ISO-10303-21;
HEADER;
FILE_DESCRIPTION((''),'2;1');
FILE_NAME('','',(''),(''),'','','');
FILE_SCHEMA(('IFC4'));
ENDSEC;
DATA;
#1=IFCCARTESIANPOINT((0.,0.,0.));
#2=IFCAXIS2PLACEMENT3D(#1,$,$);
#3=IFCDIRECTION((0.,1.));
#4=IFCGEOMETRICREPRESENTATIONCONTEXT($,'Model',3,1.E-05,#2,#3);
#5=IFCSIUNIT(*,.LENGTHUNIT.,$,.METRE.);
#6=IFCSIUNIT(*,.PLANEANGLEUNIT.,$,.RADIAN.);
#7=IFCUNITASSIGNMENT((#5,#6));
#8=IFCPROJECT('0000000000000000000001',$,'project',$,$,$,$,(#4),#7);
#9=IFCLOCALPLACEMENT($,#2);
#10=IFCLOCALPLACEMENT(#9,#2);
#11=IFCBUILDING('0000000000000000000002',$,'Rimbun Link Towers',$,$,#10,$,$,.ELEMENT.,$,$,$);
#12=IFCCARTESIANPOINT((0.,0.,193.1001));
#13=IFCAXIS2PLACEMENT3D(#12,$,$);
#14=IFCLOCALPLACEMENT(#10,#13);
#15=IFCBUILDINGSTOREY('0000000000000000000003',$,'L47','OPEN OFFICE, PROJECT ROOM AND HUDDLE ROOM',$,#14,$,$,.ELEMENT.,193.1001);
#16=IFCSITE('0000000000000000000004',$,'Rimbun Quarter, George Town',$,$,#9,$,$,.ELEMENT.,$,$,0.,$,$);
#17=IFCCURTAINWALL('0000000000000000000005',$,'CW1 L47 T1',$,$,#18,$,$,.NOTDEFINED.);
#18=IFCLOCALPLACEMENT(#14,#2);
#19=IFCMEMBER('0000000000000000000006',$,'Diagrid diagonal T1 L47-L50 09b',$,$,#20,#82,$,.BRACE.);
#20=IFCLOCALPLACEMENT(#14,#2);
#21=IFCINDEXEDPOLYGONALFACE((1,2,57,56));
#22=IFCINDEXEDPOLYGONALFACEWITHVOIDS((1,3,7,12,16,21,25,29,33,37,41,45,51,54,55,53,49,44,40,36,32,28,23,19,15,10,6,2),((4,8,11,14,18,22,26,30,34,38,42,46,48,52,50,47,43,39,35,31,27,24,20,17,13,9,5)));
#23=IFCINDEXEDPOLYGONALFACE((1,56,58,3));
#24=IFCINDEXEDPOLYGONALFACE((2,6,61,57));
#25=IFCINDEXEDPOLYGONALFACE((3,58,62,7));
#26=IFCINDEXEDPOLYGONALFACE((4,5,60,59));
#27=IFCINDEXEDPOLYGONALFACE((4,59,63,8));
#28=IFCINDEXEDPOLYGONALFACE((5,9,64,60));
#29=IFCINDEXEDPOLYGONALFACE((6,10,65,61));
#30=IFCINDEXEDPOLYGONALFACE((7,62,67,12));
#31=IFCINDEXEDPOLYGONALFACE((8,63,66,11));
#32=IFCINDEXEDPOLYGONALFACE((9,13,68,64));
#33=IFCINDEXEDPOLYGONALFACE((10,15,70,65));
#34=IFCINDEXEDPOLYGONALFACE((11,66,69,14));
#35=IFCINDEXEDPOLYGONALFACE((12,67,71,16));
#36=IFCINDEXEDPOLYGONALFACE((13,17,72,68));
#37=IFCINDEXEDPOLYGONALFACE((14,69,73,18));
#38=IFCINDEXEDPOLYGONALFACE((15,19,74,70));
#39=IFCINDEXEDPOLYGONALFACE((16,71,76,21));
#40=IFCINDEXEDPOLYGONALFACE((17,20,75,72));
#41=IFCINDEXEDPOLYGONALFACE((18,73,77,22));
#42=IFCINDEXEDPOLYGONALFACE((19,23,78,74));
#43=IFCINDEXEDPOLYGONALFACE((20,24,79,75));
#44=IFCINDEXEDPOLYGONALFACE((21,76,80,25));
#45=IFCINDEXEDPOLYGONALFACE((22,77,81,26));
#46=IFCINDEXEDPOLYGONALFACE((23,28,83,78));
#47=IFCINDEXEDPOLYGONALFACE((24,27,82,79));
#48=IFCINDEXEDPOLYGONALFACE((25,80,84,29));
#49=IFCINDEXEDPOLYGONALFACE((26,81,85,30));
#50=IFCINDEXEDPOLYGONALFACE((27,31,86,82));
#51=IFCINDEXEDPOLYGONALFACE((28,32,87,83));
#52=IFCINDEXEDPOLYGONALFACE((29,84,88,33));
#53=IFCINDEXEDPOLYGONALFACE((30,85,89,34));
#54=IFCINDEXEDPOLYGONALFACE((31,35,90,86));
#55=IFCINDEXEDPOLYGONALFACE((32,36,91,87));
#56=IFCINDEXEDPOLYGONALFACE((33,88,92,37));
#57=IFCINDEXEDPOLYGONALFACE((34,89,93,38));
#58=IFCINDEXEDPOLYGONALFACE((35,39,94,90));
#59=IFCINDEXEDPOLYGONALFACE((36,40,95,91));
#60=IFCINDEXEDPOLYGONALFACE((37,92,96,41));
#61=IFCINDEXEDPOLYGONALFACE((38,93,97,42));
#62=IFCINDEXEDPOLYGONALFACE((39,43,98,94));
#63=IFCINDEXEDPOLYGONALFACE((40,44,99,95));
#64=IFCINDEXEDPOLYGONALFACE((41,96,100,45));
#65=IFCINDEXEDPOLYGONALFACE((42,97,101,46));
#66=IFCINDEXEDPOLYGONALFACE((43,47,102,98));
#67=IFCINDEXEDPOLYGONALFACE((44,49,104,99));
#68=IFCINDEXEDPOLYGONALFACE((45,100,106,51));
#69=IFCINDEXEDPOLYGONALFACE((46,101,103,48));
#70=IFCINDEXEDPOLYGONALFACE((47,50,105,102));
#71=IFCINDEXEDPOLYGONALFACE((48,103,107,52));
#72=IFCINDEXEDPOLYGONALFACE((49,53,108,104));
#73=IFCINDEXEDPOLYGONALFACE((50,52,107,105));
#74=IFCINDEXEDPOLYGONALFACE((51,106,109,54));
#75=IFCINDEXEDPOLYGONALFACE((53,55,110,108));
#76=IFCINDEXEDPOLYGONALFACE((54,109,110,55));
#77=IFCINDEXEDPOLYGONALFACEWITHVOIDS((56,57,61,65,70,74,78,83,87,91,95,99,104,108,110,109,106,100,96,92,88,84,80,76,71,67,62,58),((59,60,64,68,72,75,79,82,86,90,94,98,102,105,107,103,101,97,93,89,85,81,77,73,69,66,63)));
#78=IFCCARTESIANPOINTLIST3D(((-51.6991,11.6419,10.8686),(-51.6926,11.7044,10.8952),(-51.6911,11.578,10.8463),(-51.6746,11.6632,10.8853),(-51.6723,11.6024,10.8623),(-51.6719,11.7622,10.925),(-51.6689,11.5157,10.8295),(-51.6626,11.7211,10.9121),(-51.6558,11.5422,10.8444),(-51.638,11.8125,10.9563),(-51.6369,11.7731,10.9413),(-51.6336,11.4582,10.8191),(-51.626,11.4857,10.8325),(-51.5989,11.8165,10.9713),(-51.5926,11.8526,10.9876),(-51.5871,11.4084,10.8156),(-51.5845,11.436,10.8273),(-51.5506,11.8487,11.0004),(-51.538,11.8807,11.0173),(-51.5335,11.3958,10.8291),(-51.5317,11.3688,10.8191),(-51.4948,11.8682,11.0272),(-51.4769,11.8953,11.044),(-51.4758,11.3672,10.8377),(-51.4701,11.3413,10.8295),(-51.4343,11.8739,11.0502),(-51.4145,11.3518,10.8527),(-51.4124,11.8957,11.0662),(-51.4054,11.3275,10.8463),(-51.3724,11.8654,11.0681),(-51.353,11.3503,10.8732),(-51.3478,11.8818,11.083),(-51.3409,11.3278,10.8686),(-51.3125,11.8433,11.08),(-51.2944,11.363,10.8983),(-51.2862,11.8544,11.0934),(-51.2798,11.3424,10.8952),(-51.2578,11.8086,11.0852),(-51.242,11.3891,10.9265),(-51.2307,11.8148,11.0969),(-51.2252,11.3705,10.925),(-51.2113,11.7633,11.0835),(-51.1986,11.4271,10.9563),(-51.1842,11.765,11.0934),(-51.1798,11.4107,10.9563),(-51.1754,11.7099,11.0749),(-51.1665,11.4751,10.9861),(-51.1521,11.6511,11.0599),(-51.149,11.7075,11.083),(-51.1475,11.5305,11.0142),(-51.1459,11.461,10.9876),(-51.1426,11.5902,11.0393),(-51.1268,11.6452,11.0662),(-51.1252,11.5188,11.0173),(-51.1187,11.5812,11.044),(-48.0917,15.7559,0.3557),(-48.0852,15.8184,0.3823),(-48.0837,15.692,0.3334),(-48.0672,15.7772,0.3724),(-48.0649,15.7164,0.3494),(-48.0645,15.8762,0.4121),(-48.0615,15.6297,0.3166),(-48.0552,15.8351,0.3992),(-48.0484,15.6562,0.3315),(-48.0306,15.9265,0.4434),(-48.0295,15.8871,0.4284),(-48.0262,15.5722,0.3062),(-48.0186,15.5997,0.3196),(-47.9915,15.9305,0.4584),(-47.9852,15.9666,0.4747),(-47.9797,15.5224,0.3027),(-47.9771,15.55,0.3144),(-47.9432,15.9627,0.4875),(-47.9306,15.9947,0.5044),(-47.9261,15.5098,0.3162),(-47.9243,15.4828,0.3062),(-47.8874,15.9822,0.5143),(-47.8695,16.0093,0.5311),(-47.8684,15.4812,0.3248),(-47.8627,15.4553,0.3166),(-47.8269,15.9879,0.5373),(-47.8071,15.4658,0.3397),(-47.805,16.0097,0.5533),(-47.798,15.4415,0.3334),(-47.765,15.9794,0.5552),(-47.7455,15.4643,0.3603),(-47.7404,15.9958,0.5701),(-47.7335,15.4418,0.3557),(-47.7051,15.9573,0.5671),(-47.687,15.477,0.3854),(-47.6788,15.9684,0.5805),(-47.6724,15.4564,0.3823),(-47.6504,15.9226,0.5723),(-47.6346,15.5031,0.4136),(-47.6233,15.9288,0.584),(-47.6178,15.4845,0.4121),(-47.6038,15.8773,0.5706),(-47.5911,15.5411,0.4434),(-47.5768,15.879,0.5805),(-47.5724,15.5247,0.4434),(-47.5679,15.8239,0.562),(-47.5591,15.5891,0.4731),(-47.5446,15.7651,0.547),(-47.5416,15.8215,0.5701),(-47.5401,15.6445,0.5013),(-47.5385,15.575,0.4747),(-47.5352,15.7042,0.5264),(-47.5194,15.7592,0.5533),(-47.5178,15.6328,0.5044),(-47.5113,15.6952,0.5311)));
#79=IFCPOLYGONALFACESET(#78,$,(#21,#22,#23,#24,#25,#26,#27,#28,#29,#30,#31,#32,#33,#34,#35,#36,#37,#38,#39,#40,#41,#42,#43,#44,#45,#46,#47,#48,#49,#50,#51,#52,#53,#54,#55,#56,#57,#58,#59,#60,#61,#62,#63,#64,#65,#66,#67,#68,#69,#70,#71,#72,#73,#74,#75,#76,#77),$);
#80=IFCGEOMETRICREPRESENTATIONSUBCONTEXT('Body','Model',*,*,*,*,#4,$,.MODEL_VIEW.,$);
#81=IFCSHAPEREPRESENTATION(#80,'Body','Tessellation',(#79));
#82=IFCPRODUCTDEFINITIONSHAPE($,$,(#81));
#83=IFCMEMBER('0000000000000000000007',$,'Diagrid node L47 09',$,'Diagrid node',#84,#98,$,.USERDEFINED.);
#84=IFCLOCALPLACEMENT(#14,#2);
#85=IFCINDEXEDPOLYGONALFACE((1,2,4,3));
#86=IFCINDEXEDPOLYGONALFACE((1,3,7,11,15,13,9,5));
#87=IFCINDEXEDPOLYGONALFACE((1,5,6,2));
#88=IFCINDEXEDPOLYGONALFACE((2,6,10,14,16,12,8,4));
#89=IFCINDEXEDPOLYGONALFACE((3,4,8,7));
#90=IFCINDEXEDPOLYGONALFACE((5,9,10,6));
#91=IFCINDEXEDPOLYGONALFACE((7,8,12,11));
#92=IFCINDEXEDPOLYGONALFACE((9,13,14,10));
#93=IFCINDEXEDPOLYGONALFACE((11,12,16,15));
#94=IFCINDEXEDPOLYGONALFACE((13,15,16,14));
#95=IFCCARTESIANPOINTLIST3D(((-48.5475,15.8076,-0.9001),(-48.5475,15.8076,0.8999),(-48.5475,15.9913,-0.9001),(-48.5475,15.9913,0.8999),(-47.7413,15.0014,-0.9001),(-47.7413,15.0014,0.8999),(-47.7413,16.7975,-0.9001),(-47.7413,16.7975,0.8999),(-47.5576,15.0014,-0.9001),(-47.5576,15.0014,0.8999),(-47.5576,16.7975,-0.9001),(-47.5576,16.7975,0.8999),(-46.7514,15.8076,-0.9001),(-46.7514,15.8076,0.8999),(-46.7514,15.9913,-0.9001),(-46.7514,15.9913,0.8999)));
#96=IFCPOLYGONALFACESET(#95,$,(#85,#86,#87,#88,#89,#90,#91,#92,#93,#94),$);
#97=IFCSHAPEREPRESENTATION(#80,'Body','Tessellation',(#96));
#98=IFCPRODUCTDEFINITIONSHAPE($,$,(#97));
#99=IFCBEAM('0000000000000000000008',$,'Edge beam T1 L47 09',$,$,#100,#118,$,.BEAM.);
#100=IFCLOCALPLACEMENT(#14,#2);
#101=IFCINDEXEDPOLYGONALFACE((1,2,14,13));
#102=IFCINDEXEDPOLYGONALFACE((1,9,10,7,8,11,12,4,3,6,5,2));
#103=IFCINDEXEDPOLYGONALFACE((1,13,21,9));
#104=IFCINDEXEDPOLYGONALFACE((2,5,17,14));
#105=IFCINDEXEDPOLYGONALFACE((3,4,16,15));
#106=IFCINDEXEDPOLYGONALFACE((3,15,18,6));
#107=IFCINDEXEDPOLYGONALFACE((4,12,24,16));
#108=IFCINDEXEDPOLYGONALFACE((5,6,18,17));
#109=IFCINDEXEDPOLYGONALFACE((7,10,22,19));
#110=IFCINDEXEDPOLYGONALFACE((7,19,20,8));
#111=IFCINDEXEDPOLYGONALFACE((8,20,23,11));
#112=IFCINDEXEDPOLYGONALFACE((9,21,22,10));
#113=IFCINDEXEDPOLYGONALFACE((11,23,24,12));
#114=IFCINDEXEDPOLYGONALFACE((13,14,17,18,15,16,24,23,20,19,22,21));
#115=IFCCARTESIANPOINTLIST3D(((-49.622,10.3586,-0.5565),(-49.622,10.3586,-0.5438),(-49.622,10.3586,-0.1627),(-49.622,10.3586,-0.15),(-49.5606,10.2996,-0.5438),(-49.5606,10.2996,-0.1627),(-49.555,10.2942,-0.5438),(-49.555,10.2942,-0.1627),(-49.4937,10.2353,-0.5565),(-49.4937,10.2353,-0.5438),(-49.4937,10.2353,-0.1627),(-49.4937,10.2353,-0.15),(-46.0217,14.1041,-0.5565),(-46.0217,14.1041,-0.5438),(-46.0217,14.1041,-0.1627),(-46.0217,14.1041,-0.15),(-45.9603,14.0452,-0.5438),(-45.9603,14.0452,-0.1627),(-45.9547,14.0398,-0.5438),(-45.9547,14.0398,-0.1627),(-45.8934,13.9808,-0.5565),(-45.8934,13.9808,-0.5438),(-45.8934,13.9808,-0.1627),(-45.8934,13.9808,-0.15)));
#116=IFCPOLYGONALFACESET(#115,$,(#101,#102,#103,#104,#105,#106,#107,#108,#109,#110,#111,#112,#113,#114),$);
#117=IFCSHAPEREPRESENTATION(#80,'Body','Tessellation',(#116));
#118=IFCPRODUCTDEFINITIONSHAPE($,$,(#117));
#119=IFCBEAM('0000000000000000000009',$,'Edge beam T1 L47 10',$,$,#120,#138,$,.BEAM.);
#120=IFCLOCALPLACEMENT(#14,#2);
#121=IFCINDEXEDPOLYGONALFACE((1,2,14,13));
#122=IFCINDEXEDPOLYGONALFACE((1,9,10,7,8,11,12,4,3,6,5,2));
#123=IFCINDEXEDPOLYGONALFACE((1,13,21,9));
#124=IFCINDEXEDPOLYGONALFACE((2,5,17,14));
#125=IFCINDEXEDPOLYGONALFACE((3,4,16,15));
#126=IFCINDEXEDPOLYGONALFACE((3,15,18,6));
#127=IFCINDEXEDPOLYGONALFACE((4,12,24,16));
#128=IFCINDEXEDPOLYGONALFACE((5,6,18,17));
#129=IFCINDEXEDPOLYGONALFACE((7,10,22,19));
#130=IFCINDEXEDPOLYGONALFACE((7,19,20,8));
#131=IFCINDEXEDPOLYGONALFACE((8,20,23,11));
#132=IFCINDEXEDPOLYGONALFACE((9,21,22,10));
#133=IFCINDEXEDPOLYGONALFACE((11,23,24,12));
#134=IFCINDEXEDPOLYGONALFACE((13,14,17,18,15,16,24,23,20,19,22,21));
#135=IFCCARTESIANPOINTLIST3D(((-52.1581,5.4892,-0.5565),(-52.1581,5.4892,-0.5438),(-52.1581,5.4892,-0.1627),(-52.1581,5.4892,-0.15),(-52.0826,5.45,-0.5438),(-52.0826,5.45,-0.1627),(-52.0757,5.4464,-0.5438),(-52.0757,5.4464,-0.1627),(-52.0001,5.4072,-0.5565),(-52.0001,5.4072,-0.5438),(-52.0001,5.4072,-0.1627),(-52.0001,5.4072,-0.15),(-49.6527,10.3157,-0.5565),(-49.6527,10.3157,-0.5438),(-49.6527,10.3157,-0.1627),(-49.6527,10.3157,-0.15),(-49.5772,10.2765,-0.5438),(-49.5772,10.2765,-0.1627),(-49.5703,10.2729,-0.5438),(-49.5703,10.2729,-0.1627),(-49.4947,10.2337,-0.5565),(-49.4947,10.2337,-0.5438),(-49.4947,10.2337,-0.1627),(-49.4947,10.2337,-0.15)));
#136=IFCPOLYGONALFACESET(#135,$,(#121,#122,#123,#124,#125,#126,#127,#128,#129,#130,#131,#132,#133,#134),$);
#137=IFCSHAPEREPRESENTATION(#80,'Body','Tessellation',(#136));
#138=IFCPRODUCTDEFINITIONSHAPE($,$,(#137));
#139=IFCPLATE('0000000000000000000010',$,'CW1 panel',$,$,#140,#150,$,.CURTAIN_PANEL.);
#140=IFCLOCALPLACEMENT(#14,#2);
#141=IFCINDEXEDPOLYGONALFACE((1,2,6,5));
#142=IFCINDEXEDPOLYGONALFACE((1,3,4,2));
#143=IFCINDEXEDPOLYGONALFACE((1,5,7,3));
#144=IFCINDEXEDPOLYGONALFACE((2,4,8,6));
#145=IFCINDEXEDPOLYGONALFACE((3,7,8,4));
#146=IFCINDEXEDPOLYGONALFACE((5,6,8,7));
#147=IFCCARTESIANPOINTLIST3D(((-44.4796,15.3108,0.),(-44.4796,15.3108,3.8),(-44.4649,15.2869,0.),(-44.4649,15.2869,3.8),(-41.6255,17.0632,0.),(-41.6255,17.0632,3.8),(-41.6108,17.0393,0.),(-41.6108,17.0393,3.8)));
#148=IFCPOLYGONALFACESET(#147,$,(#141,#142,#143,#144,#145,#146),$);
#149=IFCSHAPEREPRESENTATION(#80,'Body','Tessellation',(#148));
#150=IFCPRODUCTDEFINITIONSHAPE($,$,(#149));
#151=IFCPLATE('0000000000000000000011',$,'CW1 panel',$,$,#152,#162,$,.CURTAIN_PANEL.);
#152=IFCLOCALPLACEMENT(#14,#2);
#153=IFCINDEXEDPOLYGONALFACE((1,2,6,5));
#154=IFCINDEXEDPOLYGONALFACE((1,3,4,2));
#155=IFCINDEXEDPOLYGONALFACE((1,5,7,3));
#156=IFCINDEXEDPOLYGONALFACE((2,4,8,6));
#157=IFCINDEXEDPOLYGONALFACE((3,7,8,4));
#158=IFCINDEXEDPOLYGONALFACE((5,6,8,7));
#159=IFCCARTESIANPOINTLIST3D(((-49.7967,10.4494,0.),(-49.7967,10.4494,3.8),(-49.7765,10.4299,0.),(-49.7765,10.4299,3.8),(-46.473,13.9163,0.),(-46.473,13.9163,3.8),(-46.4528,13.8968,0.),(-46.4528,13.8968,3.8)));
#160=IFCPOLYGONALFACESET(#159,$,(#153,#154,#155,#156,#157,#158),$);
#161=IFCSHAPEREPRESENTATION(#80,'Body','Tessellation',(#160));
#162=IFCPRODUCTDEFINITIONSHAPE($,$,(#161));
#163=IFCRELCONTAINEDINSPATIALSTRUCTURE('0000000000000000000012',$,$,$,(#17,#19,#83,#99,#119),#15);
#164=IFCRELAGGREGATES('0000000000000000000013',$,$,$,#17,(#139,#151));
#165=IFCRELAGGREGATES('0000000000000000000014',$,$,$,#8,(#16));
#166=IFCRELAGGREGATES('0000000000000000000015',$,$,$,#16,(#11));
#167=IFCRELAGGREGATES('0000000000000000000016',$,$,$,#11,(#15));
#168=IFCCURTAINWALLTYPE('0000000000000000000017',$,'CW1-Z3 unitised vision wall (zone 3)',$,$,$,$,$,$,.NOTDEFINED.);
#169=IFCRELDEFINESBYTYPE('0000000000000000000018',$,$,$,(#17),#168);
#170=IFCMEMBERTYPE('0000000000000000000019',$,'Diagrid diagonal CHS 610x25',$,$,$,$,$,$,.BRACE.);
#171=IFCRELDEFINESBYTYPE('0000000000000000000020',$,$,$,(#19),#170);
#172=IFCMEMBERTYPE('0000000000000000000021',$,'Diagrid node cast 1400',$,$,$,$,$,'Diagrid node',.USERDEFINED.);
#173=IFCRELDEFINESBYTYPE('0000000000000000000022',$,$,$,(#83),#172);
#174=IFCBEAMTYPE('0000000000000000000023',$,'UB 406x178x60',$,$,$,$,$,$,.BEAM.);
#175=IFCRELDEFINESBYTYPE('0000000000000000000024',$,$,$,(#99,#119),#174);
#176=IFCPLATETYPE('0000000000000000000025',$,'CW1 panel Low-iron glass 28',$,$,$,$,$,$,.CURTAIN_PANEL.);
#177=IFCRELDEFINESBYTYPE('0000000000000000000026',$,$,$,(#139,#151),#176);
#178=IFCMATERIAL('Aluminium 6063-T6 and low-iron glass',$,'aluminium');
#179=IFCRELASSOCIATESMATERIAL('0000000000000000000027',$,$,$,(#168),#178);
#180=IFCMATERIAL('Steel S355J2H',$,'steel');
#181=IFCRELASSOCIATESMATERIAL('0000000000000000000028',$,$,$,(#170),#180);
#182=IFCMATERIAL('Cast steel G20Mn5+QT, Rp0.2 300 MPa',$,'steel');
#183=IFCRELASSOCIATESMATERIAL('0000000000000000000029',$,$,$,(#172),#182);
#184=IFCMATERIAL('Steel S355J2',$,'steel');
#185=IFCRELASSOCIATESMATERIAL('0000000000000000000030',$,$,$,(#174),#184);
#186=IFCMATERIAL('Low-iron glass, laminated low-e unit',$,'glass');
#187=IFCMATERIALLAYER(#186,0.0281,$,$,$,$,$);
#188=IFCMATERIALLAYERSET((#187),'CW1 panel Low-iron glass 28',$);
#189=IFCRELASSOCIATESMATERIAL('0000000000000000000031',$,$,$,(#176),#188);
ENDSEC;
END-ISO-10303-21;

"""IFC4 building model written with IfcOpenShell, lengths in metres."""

from ifc_helpers import new_model, si_unit, direction, frame, origin, origin_2d, place, context, subcontext, project, spatial, polyline, rectangle, hollow_circle, i_section, outline, extrude, material, layer, layer_set, material_profile, profile_set, type_object, element, aggregate, save


model = new_model("IFC4")

# Units and contexts
model_context = context("Model", 3, precision=1e-05, world=origin(), true_north=direction((0.0, 1.0)))
body_context = subcontext(model_context, "Body", "Model", "MODEL_VIEW")
ifc_project = project(units=[si_unit("LENGTHUNIT", "METRE"), si_unit("PLANEANGLEUNIT", "RADIAN")], contexts=[model_context])

# Site, building, storey
site_placement = place(None, origin())
site = spatial("IfcSite", under=ifc_project, at=site_placement, Name="Rimbun Quarter, George Town", CompositionType="ELEMENT", RefElevation=0.0)
building_placement = place(site_placement, origin())
building = spatial("IfcBuilding", under=site, at=building_placement, Name="Rimbun Link Towers", CompositionType="ELEMENT")
storey_placement = place(building_placement, frame((0.0, 0.0, 193.1001)))
storey = spatial("IfcBuildingStorey", under=building, at=storey_placement, Name="L47", Description="OPEN OFFICE, PROJECT ROOM AND HUDDLE ROOM", CompositionType="ELEMENT", Elevation=193.1001)

# Curtain wall
ifc_material_1 = material(Name="Aluminium 6063-T6 and low-iron glass", Category="aluminium")
curtain_wall_type = type_object("IfcCurtainWallType", Name="CW1-Z3 unitised vision wall (zone 3)", PredefinedType="NOTDEFINED", material=ifc_material_1)
curtain_wall_placement = place(storey_placement, origin())
curtain_wall = element("IfcCurtainWall", 1, at=curtain_wall_placement, inside=storey, type_object=curtain_wall_type, Name="CW1 L47 T1", PredefinedType="NOTDEFINED")

# Members
ifc_material_2 = material(Name="Steel S355J2H", Category="steel")
ifc_material_profile_1 = material_profile(ifc_material_2, hollow_circle(Radius=0.3047, WallThickness=0.0249, at=origin_2d()), Name="Diagrid diagonal CHS 610x25")
ifc_profile_set_1 = profile_set([ifc_material_profile_1], Name="Steel S355J2H")
member_type_1 = type_object("IfcMemberType", Name="Diagrid diagonal CHS 610x25", PredefinedType="BRACE", material=ifc_profile_set_1)
member_1_placement = place(storey_placement, frame((-47.8015, 15.7256, 0.4434), z_axis=(-0.304383, -0.347127, 0.887048), x_axis=(0.751883, -0.659297, 0.0)))
element("IfcMember", 2, at=member_1_placement, inside=storey, type_object=member_type_1, Name="Diagrid diagonal T1 L47-L50 09b", PredefinedType="BRACE", context=body_context, shape_type="SweptSolid", body=[
    extrude(hollow_circle(Radius=0.3047, WallThickness=0.0249, at=origin_2d()), origin(), (0.0, 0.0, 1.0), 11.8516),
])
ifc_material_3 = material(Name="Cast steel G20Mn5+QT, Rp0.2 300 MPa", Category="steel")
ifc_material_profile_2 = material_profile(ifc_material_3, outline(polyline([(0.7, -0.5701), (0.7, 0.5701), (0.5701, 0.7), (-0.5701, 0.7), (-0.7, 0.5701), (-0.7, -0.5701), (-0.5701, -0.7), (0.5701, -0.7), (0.7, -0.5701)])), Name="NODE 1400x1400")
ifc_profile_set_2 = profile_set([ifc_material_profile_2], Name="Cast steel G20Mn5+QT, Rp0.2 300 MPa")
member_type_2 = type_object("IfcMemberType", Name="Diagrid node cast 1400", ElementType="Diagrid node", PredefinedType="USERDEFINED", material=ifc_profile_set_2)
member_2_placement = place(storey_placement, frame((-47.6494, 15.8994, -0.9001), z_axis=(0.0, 0.0, 1.0), x_axis=(-0.707107, 0.707107, 0.0)))
element("IfcMember", 3, at=member_2_placement, inside=storey, type_object=member_type_2, Name="Diagrid node L47 09", ObjectType="Diagrid node", PredefinedType="USERDEFINED", context=body_context, shape_type="SweptSolid", body=[
    extrude(outline(polyline([(0.7, -0.5701), (0.7, 0.5701), (0.5701, 0.7), (-0.5701, 0.7), (-0.7, 0.5701), (-0.7, -0.5701), (-0.5701, -0.7), (0.5701, -0.7), (0.7, -0.5701)])), origin(), (0.0, 0.0, 1.0), 1.8),
])

# Beams
ifc_material_4 = material(Name="Steel S355J2", Category="steel")
ifc_material_profile_3 = material_profile(ifc_material_4, i_section(OverallWidth=0.178, OverallDepth=0.4065, WebThickness=0.0078, FlangeThickness=0.0127, at=origin_2d()), Name="UB 406x178x60")
ifc_profile_set_3 = profile_set([ifc_material_profile_3], Name="Steel S355J2")
beam_type = type_object("IfcBeamType", Name="UB 406x178x60", PredefinedType="BEAM", material=ifc_profile_set_3)
beam_1_placement = place(storey_placement, frame((-45.9575, 14.0425, -0.3533), z_axis=(-0.692988, -0.720949, 0.0), x_axis=(0.720949, -0.692988, 0.0)))
element("IfcBeam", 4, at=beam_1_placement, inside=storey, type_object=beam_type, Name="Edge beam T1 L47 09", PredefinedType="BEAM", context=body_context, shape_type="SweptSolid", body=[
    extrude(i_section(OverallWidth=0.178, OverallDepth=0.4065, WebThickness=0.0078, FlangeThickness=0.0127, at=origin_2d()), origin(), (0.0, 0.0, 1.0), 5.1953),
])
beam_2_placement = place(storey_placement, frame((-49.5737, 10.2747, -0.3533), z_axis=(-0.460721, -0.887545, 0.0), x_axis=(0.887545, -0.460721, 0.0)))
element("IfcBeam", 5, at=beam_2_placement, inside=storey, type_object=beam_type, Name="Edge beam T1 L47 10", PredefinedType="BEAM", context=body_context, shape_type="SweptSolid", body=[
    extrude(i_section(OverallWidth=0.178, OverallDepth=0.4065, WebThickness=0.0078, FlangeThickness=0.0127, at=origin_2d()), origin(), (0.0, 0.0, 1.0), 5.438),
])

# Plates
ifc_material_5 = material(Name="Low-iron glass, laminated low-e unit", Category="glass")
ifc_layer = layer(ifc_material_5, 0.0281)
ifc_layer_set = layer_set([ifc_layer], Name="CW1 panel Low-iron glass 28")
plate_type = type_object("IfcPlateType", Name="CW1 panel Low-iron glass 28", PredefinedType="CURTAIN_PANEL", material=ifc_layer_set)
plate_1_placement = place(storey_placement, frame((-43.0452, 16.175, 0.0), z_axis=(0.0, 0.0, 1.0), x_axis=(0.852192, 0.523229, 0.0)))
plate_1 = element("IfcPlate", 6, at=plate_1_placement, type_object=plate_type, Name="CW1 panel", PredefinedType="CURTAIN_PANEL", context=body_context, shape_type="SweptSolid", body=[
    extrude(rectangle(XDim=3.3491, YDim=0.0281, at=origin_2d()), origin(), (0.0, 0.0, 1.0), 3.8),
])
plate_2_placement = place(storey_placement, frame((-48.1248, 12.1731, 0.0), z_axis=(0.0, 0.0, 1.0), x_axis=(0.692041, 0.721859, 0.0)))
plate_2 = element("IfcPlate", 7, at=plate_2_placement, type_object=plate_type, Name="CW1 panel", PredefinedType="CURTAIN_PANEL", context=body_context, shape_type="SweptSolid", body=[
    extrude(rectangle(XDim=4.8027, YDim=0.0281, at=origin_2d()), origin(), (0.0, 0.0, 1.0), 3.8),
])
aggregate(curtain_wall, [plate_1, plate_2])

save(model, "model.ifc")
